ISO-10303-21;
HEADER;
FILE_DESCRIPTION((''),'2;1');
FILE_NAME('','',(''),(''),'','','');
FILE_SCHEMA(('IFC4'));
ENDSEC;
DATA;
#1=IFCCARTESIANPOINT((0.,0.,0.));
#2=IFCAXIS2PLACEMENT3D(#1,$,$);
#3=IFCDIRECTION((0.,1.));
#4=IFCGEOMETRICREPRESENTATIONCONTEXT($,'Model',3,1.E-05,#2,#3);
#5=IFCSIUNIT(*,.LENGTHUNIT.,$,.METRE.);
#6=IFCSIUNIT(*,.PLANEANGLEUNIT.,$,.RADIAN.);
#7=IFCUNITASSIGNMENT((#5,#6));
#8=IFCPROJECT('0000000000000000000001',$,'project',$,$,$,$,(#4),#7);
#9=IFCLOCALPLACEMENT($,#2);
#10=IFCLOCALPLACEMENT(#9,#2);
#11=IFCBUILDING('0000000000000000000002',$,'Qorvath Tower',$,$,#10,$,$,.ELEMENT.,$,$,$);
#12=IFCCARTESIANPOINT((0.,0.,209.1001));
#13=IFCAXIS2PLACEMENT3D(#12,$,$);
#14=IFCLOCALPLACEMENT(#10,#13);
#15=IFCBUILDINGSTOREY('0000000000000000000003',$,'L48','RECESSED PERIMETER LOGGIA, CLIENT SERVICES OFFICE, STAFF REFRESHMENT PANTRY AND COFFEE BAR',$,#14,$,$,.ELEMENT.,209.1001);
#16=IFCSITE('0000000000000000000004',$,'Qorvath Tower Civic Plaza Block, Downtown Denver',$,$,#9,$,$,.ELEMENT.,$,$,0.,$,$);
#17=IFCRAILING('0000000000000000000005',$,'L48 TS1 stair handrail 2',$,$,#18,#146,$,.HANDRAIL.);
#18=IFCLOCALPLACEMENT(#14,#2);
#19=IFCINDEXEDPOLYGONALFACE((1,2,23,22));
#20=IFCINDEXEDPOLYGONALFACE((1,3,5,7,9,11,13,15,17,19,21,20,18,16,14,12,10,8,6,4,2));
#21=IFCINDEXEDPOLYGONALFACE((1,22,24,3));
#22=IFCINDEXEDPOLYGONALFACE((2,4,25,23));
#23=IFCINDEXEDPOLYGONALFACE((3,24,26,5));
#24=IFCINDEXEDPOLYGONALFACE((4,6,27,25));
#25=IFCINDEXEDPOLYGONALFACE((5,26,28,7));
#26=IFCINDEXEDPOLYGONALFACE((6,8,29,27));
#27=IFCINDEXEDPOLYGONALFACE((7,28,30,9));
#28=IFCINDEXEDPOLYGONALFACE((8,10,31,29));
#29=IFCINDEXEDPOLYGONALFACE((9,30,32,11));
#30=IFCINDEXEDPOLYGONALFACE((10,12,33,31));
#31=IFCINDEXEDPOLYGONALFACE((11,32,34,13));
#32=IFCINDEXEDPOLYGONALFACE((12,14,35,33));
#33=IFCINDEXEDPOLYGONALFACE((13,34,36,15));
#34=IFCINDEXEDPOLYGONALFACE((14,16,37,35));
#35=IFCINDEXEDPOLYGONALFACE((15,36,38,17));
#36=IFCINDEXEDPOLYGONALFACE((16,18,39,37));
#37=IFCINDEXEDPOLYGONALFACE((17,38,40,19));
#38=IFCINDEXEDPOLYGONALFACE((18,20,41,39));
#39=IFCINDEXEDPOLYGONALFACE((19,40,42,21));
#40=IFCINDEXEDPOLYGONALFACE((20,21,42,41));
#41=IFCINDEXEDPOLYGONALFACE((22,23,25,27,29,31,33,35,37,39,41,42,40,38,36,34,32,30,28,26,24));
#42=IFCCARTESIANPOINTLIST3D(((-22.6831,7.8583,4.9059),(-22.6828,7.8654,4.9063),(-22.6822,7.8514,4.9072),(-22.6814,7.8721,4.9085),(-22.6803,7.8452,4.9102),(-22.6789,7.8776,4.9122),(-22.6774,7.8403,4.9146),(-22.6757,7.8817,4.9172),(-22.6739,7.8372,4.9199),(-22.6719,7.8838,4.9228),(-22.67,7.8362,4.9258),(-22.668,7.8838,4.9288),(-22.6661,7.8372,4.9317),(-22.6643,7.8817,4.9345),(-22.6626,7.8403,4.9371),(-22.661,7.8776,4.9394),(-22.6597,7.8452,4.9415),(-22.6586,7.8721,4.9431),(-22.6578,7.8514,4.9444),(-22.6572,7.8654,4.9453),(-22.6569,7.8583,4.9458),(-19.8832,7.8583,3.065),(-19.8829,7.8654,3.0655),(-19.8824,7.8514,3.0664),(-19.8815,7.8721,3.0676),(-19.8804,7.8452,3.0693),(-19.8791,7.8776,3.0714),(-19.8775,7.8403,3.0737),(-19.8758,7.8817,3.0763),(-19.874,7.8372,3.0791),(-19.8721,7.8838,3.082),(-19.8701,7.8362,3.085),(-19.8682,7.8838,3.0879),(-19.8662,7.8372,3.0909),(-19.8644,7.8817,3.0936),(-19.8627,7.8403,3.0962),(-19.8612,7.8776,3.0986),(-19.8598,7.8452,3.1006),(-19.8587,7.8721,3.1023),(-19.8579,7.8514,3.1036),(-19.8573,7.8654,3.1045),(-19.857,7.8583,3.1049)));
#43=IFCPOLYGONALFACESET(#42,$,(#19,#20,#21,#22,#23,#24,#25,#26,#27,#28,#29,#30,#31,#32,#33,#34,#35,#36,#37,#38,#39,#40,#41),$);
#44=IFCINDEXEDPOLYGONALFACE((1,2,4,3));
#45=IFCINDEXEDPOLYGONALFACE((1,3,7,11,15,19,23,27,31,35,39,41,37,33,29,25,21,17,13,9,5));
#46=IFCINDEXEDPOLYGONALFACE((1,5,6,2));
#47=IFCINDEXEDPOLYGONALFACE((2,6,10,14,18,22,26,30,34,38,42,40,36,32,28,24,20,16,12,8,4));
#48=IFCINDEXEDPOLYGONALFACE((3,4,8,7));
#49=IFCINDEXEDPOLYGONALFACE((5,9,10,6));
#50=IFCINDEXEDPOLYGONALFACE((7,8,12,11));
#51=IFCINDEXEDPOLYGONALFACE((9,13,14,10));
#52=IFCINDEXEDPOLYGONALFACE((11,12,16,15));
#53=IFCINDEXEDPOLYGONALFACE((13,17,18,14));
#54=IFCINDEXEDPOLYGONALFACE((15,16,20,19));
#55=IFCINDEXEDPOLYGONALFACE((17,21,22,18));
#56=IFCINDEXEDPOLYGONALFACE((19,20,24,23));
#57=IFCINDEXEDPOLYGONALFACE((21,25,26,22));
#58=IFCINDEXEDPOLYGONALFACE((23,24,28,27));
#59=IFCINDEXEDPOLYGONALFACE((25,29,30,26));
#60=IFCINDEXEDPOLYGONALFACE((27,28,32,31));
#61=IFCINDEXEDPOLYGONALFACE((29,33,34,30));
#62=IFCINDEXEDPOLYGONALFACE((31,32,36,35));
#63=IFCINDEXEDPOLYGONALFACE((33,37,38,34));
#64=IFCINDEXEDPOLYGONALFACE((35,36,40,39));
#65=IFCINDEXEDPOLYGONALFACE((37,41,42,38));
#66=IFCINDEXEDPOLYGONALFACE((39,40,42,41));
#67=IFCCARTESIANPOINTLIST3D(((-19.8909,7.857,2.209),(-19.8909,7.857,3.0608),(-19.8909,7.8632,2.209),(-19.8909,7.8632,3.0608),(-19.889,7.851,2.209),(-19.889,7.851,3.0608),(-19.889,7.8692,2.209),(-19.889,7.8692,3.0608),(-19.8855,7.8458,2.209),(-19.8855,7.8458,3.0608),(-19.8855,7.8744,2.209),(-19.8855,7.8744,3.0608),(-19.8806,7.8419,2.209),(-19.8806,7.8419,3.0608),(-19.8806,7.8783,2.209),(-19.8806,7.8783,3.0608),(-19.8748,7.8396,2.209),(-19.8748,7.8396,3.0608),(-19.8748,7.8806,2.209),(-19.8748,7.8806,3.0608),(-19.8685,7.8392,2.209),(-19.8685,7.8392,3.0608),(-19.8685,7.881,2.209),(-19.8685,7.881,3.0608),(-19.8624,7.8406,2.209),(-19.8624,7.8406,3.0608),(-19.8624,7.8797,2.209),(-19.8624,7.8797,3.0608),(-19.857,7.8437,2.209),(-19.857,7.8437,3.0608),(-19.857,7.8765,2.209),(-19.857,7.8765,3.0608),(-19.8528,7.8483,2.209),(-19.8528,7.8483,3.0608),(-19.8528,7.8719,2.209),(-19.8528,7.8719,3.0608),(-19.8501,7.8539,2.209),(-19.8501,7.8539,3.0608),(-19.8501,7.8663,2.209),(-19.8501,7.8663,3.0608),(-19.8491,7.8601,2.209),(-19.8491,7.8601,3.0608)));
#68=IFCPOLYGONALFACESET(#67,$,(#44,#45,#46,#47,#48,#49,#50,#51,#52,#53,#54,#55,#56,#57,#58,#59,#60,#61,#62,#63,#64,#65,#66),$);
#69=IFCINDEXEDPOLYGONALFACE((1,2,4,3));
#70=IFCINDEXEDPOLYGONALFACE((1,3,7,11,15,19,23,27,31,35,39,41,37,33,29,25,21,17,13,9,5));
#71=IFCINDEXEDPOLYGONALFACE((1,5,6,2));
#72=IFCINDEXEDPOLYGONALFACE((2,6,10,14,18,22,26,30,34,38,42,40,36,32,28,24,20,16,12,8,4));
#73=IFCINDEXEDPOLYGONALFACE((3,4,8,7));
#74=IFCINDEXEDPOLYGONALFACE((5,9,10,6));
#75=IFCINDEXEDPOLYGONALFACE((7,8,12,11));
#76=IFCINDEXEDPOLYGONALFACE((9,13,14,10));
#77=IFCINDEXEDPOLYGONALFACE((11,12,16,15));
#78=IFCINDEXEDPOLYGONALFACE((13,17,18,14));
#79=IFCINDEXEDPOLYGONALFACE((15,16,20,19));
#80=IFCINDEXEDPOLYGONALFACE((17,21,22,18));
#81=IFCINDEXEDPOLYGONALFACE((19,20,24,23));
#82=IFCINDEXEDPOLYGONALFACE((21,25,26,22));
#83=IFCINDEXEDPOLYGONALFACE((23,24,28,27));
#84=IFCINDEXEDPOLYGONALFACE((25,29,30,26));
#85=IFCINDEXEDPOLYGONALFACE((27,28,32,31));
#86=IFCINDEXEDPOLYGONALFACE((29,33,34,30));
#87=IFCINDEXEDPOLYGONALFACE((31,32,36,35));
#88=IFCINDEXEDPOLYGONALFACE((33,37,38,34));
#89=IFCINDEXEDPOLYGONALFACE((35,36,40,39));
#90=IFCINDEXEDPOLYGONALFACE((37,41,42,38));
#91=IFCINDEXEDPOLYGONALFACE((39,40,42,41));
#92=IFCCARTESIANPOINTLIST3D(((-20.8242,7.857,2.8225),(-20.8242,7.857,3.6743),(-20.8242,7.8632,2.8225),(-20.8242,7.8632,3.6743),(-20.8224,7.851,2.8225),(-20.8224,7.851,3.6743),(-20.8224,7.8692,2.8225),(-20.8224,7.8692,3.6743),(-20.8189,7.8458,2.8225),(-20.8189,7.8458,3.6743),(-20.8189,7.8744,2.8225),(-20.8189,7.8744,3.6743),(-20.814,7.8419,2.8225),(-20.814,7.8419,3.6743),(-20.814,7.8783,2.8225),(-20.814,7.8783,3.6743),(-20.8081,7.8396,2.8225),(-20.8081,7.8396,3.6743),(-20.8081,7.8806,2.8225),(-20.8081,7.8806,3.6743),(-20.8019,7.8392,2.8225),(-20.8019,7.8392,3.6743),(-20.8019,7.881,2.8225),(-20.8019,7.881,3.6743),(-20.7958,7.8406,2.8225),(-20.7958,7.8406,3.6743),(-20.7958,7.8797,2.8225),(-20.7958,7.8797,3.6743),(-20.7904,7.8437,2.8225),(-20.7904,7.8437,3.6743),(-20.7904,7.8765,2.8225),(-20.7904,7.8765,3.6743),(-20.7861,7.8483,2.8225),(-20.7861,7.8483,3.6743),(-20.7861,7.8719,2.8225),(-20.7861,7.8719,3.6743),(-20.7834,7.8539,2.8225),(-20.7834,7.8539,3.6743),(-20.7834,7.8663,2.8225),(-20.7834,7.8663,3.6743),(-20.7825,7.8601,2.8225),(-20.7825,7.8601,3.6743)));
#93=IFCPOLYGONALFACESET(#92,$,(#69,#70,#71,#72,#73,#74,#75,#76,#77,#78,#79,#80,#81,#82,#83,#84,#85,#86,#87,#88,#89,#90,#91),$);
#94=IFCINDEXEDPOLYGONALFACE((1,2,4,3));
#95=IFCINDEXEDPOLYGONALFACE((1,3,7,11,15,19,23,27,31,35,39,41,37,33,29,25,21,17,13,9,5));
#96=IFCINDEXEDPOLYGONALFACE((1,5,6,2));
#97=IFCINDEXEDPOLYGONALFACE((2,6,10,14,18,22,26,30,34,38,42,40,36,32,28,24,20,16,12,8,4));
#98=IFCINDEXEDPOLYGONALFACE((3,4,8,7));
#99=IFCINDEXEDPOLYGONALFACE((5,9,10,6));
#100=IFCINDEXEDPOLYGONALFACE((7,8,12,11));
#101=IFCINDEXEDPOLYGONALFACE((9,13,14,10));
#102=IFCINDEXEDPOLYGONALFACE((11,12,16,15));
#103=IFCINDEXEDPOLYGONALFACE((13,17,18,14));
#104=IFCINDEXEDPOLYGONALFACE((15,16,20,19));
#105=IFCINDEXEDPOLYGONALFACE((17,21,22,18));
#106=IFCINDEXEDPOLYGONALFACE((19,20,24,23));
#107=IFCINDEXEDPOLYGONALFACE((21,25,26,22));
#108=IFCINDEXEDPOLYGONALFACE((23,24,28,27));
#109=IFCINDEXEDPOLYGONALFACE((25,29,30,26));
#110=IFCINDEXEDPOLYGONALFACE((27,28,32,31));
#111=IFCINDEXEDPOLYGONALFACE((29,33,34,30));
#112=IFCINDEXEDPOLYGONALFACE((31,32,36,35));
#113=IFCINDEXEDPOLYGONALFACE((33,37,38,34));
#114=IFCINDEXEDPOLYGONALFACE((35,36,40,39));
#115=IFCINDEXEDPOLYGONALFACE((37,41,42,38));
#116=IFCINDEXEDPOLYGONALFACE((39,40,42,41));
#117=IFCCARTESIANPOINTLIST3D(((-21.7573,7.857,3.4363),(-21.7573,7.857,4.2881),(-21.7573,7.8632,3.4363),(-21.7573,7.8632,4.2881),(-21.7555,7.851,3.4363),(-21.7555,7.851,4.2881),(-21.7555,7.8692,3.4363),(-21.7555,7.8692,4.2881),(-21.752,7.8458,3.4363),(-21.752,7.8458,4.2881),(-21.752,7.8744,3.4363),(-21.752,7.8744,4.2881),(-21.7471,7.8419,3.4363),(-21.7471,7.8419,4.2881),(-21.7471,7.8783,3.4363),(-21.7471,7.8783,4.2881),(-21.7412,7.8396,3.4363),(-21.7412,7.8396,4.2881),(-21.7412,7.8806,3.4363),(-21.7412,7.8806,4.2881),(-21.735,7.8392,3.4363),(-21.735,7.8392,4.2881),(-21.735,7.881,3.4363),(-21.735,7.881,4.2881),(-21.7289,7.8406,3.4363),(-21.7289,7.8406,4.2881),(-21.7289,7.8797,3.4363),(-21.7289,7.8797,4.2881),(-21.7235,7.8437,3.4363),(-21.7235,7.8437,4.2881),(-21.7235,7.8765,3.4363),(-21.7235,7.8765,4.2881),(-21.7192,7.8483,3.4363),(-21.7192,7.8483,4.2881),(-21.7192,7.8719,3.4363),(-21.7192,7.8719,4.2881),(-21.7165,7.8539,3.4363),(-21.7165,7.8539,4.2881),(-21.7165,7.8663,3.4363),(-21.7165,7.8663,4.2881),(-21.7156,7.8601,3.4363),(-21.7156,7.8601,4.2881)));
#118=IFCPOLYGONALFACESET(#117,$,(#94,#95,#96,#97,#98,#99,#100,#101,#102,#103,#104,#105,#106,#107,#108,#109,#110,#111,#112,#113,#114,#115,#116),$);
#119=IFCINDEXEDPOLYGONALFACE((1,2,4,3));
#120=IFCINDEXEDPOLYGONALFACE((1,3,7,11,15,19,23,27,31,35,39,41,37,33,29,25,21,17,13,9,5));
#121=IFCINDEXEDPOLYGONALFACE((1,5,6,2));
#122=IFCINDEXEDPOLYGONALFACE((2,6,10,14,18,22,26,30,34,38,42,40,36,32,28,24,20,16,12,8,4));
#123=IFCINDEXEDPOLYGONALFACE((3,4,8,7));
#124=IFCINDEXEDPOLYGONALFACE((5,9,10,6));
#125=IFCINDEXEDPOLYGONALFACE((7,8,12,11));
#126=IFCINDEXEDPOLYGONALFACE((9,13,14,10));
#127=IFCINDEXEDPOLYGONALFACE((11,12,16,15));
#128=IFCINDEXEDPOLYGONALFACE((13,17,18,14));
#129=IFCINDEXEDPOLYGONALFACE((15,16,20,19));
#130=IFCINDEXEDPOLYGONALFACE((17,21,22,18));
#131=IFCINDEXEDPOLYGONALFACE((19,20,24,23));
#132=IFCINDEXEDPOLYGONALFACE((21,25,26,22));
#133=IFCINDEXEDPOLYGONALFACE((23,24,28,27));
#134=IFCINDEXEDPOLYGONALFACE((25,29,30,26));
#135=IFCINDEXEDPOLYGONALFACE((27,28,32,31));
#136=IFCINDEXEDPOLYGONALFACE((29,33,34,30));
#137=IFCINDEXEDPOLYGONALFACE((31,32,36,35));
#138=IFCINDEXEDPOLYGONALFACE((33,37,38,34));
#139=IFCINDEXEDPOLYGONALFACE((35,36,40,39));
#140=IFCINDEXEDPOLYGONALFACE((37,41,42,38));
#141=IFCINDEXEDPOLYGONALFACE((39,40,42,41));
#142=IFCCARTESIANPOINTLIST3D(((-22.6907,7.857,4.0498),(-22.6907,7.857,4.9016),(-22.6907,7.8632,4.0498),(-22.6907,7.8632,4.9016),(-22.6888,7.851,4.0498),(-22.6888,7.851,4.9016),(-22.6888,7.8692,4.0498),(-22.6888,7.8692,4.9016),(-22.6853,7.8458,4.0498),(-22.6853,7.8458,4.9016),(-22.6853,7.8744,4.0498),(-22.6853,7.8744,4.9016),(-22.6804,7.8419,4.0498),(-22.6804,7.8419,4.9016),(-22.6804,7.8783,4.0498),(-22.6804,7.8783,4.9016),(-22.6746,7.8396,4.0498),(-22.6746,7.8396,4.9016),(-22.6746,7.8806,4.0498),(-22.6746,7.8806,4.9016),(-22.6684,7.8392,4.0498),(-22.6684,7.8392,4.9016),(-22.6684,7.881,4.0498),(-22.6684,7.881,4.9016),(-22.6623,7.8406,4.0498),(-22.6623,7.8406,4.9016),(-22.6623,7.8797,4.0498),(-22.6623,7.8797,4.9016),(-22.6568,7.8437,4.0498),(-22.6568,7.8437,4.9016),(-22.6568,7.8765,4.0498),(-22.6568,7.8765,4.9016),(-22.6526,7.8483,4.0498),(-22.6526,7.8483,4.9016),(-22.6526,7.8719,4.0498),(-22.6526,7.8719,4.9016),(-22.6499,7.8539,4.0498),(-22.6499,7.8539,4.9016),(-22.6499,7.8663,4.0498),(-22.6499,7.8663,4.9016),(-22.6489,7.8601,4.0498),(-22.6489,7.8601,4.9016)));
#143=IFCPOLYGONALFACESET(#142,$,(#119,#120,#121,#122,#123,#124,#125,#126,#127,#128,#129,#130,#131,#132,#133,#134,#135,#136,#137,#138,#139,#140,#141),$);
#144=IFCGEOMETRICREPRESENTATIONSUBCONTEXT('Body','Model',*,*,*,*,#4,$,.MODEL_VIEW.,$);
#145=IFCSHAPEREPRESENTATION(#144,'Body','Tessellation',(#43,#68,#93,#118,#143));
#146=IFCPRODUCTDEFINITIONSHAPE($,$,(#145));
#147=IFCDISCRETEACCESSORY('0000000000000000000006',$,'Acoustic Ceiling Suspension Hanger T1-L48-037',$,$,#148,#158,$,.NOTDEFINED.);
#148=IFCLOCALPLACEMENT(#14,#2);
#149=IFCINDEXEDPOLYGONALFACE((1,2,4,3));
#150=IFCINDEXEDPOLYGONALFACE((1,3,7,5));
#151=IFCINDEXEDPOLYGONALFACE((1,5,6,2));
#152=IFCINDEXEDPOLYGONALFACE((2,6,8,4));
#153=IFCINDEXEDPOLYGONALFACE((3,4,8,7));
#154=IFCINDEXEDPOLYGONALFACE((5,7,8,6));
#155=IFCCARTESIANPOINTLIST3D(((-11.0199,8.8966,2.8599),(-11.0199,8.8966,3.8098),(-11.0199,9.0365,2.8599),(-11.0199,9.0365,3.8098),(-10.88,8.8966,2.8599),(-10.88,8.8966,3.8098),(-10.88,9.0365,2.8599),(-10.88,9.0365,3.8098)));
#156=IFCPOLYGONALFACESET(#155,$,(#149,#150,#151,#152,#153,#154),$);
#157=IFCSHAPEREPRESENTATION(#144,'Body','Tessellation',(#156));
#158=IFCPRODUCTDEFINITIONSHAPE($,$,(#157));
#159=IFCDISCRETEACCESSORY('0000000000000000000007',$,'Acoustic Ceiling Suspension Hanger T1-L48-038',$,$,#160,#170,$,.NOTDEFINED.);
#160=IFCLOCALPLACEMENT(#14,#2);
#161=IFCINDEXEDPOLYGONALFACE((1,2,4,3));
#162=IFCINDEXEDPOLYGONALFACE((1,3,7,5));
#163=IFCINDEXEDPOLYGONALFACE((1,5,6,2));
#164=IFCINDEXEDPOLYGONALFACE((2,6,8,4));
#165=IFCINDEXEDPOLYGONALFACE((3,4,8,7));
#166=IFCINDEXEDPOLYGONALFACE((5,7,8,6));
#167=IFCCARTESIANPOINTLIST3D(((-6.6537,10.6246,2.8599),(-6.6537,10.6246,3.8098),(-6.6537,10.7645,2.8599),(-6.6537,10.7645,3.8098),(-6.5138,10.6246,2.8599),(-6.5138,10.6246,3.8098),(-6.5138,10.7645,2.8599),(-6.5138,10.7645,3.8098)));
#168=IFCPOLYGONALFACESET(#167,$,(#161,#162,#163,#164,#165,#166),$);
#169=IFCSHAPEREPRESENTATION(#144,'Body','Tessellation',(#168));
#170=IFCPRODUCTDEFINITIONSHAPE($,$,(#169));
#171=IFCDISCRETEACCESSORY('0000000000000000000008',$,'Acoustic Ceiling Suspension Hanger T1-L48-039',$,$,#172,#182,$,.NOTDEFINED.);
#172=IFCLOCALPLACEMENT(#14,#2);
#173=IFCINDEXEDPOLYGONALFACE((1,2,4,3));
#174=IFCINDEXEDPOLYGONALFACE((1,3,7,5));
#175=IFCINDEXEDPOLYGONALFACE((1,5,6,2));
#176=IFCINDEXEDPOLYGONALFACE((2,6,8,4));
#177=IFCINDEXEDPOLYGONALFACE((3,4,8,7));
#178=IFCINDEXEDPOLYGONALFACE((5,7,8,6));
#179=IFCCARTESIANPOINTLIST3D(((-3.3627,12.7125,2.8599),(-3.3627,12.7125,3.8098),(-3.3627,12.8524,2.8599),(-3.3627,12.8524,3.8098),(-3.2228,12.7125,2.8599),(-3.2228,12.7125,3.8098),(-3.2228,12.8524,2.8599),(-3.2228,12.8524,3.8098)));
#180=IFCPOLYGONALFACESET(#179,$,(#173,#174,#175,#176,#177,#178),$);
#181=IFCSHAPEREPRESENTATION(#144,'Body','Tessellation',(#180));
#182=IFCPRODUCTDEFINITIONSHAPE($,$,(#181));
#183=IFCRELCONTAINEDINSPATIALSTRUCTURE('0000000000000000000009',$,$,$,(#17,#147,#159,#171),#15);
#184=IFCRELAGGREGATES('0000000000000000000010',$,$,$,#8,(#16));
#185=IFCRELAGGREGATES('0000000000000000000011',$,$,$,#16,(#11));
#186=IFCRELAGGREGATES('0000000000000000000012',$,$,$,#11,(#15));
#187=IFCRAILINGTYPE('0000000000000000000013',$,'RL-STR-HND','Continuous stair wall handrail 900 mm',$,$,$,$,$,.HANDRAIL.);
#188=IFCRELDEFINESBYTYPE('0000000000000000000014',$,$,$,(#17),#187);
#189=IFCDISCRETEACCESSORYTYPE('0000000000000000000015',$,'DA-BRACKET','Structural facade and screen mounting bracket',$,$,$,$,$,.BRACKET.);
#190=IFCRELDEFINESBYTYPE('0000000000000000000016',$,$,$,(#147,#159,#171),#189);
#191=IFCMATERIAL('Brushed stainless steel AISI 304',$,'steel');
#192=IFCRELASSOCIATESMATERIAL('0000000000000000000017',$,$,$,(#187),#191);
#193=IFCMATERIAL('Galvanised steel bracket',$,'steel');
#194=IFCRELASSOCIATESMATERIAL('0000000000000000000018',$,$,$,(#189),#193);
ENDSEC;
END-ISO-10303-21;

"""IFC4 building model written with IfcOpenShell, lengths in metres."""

from ifc_helpers import new_model, si_unit, direction, frame, origin, origin_2d, place, context, subcontext, project, spatial, rectangle, circle, extrude, material, type_object, element, save


model = new_model("IFC4")

# Units and contexts
model_context = context("Model", 3, precision=1e-05, world=origin(), true_north=direction((0.0, 1.0)))
body_context = subcontext(model_context, "Body", "Model", "MODEL_VIEW")
ifc_project = project(units=[si_unit("LENGTHUNIT", "METRE"), si_unit("PLANEANGLEUNIT", "RADIAN")], contexts=[model_context])

# Site, building, storey
site_placement = place(None, origin())
site = spatial("IfcSite", under=ifc_project, at=site_placement, Name="Qorvath Tower Civic Plaza Block, Downtown Denver", CompositionType="ELEMENT", RefElevation=0.0)
building_placement = place(site_placement, origin())
building = spatial("IfcBuilding", under=site, at=building_placement, Name="Qorvath Tower", CompositionType="ELEMENT")
storey_placement = place(building_placement, frame((0.0, 0.0, 209.1001)))
storey = spatial("IfcBuildingStorey", under=building, at=storey_placement, Name="L48", Description="RECESSED PERIMETER LOGGIA, CLIENT SERVICES OFFICE, STAFF REFRESHMENT PANTRY AND COFFEE BAR", CompositionType="ELEMENT", Elevation=209.1001)

# Railing
ifc_material_1 = material(Name="Brushed stainless steel AISI 304", Category="steel")
railing_type_1 = type_object("IfcRailingType", Name="RL-STR-HND", Description="Continuous stair wall handrail 900 mm", PredefinedType="HANDRAIL", material=ifc_material_1)
railing_1_placement = place(storey_placement, frame((-19.8701, 7.8601, 2.209)))
element("IfcRailing", 1, at=railing_1_placement, inside=storey, type_object=railing_type_1, Name="L48 TS1 stair handrail 2", PredefinedType="HANDRAIL", context=body_context, shape_type="SweptSolid", body=[
    extrude(circle(Radius=0.0239, at=origin_2d()), frame((0.0, 0.0, 0.876), z_axis=(-0.835576, 0.0, 0.549376), x_axis=(0.0, -1.0, 0.0)), (0.0, 0.0, 1.0), 3.3508),
    extrude(circle(Radius=0.021, at=origin_2d()), origin(), (0.0, 0.0, 1.0), 0.8518),
    extrude(circle(Radius=0.021, at=origin_2d()), frame((-0.9333, 0.0, 0.6135)), (0.0, 0.0, 1.0), 0.8518),
    extrude(circle(Radius=0.021, at=origin_2d()), frame((-1.8665, 0.0, 1.2273)), (0.0, 0.0, 1.0), 0.8518),
    extrude(circle(Radius=0.021, at=origin_2d()), frame((-2.7998, 0.0, 1.8408)), (0.0, 0.0, 1.0), 0.8518),
])

# Discrete accessories
ifc_material_2 = material(Name="Galvanised steel bracket", Category="steel")
discrete_accessory_type = type_object("IfcDiscreteAccessoryType", Name="DA-BRACKET", Description="Structural facade and screen mounting bracket", PredefinedType="BRACKET", material=ifc_material_2)
for number, where, z_axis, x_axis, name in (
    (2, (-10.95, 8.9666, 2.8599), (0.0, 0.0, 1.0), (1.0, 0.0, 0.0), "Acoustic Ceiling Suspension Hanger T1-L48-037"),
    (3, (-6.5837, 10.6946, 2.8599), (0.0, 0.0, 1.0), (1.0, 0.0, 0.0), "Acoustic Ceiling Suspension Hanger T1-L48-038"),
    (4, (-3.2927, 12.7825, 2.8599), (0.0, 0.0, 1.0), (1.0, 0.0, 0.0), "Acoustic Ceiling Suspension Hanger T1-L48-039"),
):
    element("IfcDiscreteAccessory", number, at=place(storey_placement, frame(where, z_axis=z_axis, x_axis=x_axis)), inside=storey, type_object=discrete_accessory_type, Name=name, PredefinedType="NOTDEFINED", context=body_context, shape_type="SweptSolid", body=[
        extrude(rectangle(XDim=0.1399, YDim=0.1399, at=origin_2d()), origin(), (0.0, 0.0, 1.0), 0.95),
    ])

save(model, "model.ifc")
